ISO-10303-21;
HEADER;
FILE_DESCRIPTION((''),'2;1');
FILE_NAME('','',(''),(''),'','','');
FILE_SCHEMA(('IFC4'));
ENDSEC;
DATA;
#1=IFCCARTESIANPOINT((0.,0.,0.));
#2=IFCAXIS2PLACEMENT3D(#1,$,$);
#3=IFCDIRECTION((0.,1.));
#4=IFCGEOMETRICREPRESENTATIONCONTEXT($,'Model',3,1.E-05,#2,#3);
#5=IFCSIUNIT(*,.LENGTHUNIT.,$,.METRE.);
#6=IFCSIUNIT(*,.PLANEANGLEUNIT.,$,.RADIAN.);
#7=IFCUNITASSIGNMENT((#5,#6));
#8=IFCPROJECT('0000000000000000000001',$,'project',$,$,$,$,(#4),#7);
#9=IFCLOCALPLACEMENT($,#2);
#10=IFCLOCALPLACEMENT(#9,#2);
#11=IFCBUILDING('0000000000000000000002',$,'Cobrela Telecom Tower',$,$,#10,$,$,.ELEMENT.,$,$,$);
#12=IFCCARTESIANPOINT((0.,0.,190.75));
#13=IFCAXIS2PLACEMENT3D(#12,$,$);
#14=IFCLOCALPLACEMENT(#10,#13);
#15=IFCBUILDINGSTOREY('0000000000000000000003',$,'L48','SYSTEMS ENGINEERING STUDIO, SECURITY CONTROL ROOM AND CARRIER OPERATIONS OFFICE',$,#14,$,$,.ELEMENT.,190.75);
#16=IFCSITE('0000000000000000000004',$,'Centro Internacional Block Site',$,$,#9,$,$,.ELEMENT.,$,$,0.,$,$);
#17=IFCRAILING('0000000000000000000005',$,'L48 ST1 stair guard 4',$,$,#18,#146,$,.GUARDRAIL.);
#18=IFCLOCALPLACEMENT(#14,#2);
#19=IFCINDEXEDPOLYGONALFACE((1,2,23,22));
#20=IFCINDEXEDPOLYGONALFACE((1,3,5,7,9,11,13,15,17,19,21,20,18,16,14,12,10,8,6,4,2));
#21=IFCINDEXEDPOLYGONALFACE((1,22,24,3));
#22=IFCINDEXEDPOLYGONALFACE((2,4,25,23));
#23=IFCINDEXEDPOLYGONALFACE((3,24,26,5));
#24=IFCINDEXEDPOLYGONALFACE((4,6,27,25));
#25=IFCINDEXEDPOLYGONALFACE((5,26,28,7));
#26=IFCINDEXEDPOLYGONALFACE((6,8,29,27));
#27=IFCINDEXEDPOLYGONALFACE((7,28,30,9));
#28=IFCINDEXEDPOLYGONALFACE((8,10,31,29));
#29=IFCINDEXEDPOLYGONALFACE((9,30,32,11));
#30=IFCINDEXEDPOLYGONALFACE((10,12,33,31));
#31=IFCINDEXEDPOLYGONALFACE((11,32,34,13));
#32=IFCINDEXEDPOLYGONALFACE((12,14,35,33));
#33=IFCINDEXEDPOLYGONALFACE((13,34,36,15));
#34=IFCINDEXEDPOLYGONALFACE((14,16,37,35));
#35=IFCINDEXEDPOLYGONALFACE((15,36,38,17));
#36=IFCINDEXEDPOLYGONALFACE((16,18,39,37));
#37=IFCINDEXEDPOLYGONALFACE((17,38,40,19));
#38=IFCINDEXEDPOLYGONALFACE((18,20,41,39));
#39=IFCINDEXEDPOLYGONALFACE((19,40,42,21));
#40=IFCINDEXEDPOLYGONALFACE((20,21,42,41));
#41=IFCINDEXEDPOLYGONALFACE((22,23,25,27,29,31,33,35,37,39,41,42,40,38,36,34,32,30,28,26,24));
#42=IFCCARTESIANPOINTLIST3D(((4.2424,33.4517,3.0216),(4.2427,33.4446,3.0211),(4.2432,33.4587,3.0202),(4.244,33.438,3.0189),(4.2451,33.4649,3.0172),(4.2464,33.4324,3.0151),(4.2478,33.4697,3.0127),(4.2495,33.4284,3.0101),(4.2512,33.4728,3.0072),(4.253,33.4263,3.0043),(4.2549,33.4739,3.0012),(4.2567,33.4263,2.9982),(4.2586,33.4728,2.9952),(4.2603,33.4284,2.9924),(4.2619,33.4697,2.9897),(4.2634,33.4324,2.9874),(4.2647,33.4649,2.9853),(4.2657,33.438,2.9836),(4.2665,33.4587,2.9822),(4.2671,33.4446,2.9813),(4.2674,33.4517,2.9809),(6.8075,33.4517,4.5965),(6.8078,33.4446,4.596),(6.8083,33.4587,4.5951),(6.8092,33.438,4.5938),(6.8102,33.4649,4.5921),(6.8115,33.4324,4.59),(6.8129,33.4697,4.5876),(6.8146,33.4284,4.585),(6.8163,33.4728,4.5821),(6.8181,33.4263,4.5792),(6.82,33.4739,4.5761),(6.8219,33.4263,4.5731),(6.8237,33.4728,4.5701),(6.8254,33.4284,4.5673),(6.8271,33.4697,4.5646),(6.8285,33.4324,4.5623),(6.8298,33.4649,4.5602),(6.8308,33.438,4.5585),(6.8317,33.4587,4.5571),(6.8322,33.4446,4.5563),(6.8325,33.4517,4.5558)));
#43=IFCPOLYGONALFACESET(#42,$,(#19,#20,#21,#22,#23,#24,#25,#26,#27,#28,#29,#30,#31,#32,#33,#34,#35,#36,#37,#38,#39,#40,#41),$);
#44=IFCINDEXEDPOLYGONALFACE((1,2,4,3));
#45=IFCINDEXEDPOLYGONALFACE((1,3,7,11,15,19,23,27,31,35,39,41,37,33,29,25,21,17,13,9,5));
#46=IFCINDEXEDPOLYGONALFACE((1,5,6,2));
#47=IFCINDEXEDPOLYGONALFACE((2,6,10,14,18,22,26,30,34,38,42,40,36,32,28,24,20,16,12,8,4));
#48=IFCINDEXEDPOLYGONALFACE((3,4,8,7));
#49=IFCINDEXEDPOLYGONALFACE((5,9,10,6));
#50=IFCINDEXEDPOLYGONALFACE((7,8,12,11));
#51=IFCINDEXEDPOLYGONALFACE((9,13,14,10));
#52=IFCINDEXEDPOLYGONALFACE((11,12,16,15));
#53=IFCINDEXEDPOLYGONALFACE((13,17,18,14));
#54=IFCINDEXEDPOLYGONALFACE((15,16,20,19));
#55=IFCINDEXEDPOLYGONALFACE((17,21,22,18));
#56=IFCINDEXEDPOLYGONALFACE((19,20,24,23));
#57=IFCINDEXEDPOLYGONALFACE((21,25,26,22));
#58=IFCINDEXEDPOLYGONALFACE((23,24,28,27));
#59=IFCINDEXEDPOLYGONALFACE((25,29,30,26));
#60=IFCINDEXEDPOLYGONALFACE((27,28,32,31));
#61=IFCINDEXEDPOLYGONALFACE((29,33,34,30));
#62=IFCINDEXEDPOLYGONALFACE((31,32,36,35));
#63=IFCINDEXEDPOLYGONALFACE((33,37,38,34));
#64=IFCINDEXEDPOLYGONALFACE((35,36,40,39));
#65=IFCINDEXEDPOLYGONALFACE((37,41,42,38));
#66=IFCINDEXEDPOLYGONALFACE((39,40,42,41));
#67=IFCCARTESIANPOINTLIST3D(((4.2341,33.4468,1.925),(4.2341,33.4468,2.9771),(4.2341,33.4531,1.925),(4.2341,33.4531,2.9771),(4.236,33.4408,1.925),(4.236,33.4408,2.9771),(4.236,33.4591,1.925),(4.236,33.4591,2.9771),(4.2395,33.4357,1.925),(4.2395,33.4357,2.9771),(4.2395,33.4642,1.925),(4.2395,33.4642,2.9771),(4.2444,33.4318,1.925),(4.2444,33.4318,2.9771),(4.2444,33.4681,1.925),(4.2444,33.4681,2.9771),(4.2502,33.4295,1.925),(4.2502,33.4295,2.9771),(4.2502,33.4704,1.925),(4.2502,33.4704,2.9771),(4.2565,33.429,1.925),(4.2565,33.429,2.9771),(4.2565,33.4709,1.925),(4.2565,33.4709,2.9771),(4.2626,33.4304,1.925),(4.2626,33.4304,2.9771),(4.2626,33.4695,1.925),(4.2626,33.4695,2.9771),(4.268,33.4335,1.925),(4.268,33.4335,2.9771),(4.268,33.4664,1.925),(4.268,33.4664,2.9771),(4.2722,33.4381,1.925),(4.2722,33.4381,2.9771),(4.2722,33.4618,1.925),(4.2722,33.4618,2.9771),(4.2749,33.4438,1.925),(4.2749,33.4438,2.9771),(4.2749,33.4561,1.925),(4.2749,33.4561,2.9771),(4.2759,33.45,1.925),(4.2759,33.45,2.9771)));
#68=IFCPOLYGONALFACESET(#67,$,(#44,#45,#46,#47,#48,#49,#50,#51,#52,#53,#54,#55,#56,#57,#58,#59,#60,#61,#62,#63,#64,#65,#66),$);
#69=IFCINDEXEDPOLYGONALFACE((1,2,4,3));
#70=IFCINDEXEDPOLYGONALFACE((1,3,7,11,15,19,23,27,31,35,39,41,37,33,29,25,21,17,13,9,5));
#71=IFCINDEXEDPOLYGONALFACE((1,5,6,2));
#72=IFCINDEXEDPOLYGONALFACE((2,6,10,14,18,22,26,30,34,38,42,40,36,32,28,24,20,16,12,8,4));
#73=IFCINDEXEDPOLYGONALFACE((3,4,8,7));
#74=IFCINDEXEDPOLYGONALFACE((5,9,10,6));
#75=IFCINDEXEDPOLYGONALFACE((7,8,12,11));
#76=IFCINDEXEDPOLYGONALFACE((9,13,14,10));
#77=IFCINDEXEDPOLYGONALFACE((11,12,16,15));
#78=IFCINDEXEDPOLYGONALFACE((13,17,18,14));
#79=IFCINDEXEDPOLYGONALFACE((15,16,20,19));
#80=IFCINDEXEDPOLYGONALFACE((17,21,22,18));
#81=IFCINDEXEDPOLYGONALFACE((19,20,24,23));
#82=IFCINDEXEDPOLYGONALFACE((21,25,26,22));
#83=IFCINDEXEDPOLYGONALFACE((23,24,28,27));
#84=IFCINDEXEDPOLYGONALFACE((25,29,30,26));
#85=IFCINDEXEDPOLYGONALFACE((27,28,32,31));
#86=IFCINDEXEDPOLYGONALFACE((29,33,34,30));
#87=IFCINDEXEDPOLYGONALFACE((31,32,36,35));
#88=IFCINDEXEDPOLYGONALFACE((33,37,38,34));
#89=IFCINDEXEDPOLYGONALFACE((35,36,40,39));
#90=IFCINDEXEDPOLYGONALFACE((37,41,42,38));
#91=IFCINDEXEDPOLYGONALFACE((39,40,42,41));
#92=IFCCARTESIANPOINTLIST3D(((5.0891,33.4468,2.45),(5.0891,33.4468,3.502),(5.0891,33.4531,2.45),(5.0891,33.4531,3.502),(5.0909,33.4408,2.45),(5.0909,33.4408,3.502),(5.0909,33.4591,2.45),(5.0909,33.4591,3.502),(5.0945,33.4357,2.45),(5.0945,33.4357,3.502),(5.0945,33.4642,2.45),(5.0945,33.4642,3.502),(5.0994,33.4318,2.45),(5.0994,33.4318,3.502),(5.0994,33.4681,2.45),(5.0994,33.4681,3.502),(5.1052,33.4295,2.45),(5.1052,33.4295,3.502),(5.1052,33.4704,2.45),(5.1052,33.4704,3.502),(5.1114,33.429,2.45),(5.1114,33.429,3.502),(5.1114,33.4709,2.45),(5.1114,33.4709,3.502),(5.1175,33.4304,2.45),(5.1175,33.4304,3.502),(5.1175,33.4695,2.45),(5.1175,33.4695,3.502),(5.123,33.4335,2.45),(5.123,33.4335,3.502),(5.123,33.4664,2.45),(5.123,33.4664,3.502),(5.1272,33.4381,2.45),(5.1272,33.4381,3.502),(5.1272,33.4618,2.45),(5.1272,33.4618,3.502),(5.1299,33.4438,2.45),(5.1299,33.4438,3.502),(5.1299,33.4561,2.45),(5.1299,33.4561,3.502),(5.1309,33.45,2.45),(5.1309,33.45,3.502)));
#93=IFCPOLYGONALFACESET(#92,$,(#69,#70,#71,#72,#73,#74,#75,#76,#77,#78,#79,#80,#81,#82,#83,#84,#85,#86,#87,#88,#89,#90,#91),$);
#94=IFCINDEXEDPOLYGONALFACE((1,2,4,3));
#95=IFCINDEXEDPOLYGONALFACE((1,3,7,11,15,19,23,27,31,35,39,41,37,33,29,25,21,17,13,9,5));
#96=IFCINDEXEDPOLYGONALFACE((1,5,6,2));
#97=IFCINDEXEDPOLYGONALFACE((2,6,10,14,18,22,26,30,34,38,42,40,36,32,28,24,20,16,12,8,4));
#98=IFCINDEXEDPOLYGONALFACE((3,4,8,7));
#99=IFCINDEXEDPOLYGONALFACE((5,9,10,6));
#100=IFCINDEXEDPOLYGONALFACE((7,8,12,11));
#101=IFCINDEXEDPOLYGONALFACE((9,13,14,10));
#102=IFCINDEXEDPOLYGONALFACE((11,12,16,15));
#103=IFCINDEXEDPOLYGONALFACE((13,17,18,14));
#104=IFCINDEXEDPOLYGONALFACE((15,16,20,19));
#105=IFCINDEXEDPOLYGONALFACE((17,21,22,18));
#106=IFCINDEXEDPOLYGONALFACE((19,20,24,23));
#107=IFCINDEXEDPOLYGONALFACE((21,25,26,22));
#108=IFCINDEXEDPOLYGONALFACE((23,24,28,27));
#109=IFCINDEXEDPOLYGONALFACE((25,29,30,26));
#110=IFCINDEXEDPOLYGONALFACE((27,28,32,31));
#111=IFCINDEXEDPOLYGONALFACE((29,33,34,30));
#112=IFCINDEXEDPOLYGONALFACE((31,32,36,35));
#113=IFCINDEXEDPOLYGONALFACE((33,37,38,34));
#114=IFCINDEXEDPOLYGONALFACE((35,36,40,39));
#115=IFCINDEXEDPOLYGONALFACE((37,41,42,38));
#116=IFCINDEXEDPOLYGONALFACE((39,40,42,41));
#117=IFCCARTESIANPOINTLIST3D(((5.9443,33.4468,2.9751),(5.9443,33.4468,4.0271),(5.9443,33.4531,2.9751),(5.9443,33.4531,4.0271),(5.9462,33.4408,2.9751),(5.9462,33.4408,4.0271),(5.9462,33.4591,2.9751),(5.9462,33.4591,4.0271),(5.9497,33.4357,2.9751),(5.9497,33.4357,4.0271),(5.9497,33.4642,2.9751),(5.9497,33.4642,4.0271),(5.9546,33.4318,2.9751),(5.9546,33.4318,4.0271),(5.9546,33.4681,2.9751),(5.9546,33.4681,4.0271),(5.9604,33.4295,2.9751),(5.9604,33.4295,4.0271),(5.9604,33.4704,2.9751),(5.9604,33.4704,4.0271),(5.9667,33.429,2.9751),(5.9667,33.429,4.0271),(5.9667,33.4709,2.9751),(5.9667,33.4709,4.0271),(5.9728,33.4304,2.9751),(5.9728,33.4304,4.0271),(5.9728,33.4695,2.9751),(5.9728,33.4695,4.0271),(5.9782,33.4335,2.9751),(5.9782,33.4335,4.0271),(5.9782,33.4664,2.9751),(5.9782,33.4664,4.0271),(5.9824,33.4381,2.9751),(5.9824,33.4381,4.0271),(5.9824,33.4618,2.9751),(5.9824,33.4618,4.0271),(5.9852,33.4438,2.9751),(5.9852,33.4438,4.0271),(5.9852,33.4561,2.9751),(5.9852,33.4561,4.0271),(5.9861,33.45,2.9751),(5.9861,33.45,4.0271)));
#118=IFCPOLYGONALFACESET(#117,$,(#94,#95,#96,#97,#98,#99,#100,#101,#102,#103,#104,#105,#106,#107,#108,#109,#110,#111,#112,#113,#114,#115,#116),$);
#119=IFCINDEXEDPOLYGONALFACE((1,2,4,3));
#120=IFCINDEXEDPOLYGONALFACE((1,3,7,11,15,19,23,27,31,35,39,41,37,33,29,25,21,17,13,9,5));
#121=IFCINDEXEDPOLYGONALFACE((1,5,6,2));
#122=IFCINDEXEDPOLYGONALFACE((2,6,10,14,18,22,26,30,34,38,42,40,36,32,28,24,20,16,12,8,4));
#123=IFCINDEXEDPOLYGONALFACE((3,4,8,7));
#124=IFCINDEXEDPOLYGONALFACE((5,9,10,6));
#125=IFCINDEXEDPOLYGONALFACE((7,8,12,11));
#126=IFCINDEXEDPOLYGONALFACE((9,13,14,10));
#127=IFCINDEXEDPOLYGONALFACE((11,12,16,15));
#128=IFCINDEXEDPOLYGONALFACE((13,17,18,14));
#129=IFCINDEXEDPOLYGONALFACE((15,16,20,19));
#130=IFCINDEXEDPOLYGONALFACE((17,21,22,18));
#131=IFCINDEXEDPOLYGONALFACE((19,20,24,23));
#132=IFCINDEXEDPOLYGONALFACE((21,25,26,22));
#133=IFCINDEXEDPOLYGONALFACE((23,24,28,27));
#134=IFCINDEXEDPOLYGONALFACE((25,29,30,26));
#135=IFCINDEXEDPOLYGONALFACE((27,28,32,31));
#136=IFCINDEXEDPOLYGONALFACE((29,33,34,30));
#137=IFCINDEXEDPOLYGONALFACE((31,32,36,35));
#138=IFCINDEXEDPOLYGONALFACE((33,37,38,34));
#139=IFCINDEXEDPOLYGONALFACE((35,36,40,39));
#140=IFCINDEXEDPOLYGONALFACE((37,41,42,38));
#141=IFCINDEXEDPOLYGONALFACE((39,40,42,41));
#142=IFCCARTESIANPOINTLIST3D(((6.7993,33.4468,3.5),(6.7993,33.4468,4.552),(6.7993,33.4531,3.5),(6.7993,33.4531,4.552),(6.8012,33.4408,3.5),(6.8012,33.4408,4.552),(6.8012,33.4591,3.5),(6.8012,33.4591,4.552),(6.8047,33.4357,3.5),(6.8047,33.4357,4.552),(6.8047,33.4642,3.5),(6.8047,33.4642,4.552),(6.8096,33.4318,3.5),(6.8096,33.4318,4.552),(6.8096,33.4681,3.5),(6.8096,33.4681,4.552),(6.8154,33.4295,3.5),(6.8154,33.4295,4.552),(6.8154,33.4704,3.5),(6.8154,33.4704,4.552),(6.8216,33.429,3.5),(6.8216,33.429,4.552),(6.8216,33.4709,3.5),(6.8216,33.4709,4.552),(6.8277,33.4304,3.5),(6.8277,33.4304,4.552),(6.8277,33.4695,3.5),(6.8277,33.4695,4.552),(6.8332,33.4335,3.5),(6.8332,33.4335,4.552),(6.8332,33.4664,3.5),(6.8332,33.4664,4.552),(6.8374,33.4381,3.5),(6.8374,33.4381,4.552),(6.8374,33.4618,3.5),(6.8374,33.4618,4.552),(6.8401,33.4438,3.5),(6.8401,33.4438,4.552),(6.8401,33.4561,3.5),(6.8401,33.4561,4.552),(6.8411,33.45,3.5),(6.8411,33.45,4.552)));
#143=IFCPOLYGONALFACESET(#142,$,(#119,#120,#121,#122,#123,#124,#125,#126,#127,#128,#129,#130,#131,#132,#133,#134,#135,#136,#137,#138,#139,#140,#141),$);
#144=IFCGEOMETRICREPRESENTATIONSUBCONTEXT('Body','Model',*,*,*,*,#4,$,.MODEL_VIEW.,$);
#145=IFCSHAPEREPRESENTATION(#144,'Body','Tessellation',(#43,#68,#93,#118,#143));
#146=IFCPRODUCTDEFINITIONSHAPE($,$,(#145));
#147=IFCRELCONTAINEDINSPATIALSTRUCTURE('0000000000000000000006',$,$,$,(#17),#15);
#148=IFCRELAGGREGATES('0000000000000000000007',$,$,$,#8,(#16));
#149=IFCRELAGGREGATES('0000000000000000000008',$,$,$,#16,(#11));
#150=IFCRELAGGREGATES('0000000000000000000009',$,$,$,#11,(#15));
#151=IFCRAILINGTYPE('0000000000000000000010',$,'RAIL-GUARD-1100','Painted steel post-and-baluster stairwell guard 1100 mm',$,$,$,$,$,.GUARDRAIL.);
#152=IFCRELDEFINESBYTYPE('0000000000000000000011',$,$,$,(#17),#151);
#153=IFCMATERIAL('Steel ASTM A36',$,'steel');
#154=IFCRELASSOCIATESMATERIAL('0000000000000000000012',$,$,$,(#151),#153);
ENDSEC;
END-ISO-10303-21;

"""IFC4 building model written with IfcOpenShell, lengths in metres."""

from ifc_helpers import new_model, si_unit, direction, frame, origin, origin_2d, place, context, subcontext, project, spatial, circle, extrude, material, type_object, element, save


model = new_model("IFC4")

# Units and contexts
model_context = context("Model", 3, precision=1e-05, world=origin(), true_north=direction((0.0, 1.0)))
body_context = subcontext(model_context, "Body", "Model", "MODEL_VIEW")
ifc_project = project(units=[si_unit("LENGTHUNIT", "METRE"), si_unit("PLANEANGLEUNIT", "RADIAN")], contexts=[model_context])

# Site, building, storey
site_placement = place(None, origin())
site = spatial("IfcSite", under=ifc_project, at=site_placement, Name="Centro Internacional Block Site", CompositionType="ELEMENT", RefElevation=0.0)
building_placement = place(site_placement, origin())
building = spatial("IfcBuilding", under=site, at=building_placement, Name="Cobrela Telecom Tower", CompositionType="ELEMENT")
storey_placement = place(building_placement, frame((0.0, 0.0, 190.75)))
storey = spatial("IfcBuildingStorey", under=building, at=storey_placement, Name="L48", Description="SYSTEMS ENGINEERING STUDIO, SECURITY CONTROL ROOM AND CARRIER OPERATIONS OFFICE", CompositionType="ELEMENT", Elevation=190.75)

# Shared definitions
ifc_material_1 = material(Name="Steel ASTM A36", Category="steel")

# Railing
railing_type_1 = type_object("IfcRailingType", Name="RAIL-GUARD-1100", Description="Painted steel post-and-baluster stairwell guard 1100 mm", PredefinedType="GUARDRAIL", material=ifc_material_1)
railing_1_placement = place(storey_placement, frame((4.2549, 33.45, 1.925)))
element("IfcRailing", 1, at=railing_1_placement, inside=storey, type_object=railing_type_1, Name="L48 ST1 stair guard 4", PredefinedType="GUARDRAIL", context=body_context, shape_type="SweptSolid", body=[
    extrude(circle(Radius=0.0239, at=origin_2d()), frame((0.0, 0.0, 1.0762), z_axis=(0.852195, 0.0, 0.523224), x_axis=(0.0, 1.0, 0.0)), (0.0, 0.0, 1.0), 3.01),
    extrude(circle(Radius=0.021, at=origin_2d()), origin(), (0.0, 0.0, 1.0), 1.052),
    extrude(circle(Radius=0.021, at=origin_2d()), frame((0.855, 0.0, 0.5249)), (0.0, 0.0, 1.0), 1.052),
    extrude(circle(Radius=0.021, at=origin_2d()), frame((1.7102, 0.0, 1.05)), (0.0, 0.0, 1.0), 1.052),
    extrude(circle(Radius=0.021, at=origin_2d()), frame((2.5652, 0.0, 1.575)), (0.0, 0.0, 1.0), 1.052),
])

save(model, "model.ifc")
